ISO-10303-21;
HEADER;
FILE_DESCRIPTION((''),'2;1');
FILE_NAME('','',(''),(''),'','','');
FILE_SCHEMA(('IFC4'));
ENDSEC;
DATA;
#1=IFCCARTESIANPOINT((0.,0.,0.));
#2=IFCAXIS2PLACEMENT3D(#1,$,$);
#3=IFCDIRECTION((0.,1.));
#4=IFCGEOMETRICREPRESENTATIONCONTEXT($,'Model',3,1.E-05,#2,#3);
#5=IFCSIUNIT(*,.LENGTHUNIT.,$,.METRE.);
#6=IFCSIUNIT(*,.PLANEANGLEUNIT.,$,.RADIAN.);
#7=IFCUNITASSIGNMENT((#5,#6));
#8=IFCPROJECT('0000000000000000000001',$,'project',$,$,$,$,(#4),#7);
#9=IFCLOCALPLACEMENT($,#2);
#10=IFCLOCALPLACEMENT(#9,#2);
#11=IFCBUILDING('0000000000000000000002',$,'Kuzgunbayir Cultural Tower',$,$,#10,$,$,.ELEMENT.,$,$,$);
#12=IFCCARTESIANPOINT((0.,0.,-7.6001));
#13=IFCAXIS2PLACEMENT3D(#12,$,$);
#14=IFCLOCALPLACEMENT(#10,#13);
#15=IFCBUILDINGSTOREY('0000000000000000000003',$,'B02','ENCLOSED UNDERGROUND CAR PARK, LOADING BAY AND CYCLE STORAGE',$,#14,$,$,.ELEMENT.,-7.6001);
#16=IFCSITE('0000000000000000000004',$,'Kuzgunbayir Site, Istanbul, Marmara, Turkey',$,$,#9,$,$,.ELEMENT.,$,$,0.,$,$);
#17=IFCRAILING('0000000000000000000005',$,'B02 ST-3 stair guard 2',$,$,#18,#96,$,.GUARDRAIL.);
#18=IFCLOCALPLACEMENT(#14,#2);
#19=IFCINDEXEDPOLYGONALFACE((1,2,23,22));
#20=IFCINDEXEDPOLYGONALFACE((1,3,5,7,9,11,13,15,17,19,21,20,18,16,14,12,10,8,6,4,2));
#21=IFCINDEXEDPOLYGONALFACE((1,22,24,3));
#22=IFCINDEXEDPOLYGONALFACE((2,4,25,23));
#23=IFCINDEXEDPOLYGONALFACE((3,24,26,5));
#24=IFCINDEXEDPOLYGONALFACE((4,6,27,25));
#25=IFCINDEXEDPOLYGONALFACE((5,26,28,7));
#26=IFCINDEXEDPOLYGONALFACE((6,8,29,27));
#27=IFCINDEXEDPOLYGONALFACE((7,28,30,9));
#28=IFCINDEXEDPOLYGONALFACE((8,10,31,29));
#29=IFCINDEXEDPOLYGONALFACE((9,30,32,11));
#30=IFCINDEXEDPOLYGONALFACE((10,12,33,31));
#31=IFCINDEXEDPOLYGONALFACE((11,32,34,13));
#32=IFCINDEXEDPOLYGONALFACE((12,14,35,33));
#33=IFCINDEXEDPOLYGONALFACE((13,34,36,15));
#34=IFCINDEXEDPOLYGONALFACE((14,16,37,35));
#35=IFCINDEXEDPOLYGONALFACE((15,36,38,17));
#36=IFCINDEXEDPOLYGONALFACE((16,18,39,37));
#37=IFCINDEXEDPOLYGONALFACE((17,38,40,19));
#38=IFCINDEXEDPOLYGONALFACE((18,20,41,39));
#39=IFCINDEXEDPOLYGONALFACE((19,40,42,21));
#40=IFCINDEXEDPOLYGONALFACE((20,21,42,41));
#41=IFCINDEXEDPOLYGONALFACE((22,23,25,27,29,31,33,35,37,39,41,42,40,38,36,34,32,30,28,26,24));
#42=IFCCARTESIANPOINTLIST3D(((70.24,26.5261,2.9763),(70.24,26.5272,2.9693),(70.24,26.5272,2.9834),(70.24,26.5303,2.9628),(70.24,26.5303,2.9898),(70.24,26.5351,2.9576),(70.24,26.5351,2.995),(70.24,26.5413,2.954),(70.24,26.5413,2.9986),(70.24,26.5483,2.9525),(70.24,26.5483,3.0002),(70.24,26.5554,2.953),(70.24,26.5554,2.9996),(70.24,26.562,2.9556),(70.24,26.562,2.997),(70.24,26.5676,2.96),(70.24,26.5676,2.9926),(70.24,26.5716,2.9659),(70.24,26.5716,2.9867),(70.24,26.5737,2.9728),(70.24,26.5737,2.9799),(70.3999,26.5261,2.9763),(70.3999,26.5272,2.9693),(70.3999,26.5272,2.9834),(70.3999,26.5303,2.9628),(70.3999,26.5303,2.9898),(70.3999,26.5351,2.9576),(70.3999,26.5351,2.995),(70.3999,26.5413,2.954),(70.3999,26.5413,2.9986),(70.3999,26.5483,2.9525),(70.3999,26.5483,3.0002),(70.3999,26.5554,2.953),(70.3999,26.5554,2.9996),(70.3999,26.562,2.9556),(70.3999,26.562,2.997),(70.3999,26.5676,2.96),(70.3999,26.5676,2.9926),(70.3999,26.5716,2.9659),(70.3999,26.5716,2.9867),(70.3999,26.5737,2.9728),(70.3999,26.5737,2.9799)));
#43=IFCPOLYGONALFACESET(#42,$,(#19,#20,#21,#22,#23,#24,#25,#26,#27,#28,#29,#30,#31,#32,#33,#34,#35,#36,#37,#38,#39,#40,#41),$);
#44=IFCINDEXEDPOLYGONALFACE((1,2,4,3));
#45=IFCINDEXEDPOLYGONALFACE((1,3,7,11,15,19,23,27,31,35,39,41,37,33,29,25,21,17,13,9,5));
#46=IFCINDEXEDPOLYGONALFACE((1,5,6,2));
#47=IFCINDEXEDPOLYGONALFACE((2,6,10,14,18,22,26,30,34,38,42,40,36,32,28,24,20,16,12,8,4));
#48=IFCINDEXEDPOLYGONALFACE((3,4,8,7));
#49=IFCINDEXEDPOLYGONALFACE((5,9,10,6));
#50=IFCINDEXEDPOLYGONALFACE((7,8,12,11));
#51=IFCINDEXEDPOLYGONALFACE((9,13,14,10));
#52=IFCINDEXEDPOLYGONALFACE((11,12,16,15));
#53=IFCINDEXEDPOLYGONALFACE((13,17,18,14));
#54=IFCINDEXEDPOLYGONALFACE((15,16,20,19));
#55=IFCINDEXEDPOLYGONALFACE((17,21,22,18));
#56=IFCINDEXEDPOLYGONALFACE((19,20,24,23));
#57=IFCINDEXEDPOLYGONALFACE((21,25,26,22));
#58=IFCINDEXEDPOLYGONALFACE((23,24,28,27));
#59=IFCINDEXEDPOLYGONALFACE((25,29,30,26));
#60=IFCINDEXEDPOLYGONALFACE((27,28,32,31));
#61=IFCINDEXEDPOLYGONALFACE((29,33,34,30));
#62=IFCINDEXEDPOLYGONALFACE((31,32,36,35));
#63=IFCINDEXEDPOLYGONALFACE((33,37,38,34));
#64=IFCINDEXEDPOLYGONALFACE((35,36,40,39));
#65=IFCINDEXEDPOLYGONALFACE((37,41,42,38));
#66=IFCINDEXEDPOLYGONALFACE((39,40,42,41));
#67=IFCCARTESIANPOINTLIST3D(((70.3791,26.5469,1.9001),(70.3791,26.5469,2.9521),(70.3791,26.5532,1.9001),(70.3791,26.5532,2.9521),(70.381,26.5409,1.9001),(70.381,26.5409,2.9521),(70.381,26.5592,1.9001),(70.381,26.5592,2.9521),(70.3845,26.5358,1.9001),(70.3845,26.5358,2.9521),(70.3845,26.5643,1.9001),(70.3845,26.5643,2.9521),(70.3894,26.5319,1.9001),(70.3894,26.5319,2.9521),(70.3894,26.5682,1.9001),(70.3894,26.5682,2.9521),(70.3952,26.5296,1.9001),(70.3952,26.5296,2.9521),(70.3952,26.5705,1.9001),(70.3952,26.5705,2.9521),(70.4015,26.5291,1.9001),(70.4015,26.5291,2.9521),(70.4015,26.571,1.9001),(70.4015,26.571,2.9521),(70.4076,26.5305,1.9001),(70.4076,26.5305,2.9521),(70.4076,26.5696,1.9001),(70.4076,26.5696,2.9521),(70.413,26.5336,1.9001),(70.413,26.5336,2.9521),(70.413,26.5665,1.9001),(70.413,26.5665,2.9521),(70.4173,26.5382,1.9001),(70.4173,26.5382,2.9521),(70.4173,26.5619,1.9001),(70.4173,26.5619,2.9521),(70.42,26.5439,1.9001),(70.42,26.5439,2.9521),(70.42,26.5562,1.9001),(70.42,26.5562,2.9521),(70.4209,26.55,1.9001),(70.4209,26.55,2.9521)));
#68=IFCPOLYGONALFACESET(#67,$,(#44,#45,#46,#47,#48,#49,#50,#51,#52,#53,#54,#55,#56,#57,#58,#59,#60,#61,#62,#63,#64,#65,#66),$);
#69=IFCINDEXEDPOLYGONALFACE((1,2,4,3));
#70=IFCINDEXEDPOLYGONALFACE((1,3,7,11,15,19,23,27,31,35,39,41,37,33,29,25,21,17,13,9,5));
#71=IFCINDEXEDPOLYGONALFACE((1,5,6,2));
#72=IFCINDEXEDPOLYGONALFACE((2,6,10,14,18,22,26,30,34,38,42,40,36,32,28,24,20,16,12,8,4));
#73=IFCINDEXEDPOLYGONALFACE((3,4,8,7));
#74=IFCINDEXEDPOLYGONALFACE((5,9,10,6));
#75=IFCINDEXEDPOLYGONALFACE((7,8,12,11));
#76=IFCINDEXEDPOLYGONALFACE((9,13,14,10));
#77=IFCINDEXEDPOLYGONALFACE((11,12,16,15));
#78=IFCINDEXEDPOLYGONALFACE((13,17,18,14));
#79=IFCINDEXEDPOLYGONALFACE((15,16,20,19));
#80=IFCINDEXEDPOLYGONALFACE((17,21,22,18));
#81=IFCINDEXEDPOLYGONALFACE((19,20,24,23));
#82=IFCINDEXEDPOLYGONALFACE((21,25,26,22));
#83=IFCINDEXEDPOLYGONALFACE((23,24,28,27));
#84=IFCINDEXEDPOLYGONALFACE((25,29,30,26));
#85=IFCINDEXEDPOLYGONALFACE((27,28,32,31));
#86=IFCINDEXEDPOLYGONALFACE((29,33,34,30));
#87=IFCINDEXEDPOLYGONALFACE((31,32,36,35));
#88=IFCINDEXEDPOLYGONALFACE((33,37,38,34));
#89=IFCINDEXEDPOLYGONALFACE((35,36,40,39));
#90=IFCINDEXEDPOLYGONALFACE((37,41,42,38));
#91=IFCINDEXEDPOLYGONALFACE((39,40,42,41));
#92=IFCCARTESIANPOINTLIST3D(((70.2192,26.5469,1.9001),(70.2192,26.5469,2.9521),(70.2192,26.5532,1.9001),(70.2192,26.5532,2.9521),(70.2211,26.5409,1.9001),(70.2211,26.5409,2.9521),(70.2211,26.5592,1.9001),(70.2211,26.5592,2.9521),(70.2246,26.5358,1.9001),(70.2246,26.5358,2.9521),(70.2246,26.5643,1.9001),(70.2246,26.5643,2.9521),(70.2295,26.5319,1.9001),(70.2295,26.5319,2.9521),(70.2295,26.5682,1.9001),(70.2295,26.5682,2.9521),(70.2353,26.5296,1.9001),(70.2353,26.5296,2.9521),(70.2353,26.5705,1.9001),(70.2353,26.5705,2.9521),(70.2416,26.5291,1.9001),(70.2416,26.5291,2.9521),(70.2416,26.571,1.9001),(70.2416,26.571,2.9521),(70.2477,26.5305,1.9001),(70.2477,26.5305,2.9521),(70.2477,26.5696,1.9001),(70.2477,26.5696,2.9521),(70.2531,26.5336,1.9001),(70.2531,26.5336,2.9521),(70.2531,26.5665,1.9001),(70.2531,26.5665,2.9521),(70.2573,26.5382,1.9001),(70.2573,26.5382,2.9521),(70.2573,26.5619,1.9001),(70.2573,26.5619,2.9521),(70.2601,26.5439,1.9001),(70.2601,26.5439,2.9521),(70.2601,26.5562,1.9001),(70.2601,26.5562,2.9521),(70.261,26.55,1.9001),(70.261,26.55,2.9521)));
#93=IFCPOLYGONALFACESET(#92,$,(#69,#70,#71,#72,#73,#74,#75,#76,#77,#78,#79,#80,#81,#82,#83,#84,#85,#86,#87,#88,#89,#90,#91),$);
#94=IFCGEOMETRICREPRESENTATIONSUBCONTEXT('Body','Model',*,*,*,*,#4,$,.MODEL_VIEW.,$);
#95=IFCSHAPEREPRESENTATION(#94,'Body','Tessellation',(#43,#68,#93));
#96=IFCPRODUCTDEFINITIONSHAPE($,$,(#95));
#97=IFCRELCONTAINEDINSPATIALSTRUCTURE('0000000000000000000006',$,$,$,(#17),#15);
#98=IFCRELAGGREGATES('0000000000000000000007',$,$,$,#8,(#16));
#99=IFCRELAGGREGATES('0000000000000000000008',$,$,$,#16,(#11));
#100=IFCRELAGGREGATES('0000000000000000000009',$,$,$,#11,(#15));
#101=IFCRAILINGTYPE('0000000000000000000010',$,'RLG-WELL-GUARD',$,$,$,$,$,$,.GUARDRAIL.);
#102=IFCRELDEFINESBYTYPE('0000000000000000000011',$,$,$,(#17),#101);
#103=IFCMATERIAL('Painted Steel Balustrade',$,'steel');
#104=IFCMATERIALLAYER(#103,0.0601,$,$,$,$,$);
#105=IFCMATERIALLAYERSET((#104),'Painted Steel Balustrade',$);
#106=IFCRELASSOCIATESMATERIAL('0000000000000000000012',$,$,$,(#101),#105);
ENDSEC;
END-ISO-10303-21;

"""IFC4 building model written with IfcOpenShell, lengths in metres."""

from ifc_helpers import new_model, si_unit, direction, frame, origin, origin_2d, place, context, subcontext, project, spatial, circle, extrude, material, layer, layer_set, type_object, element, save


model = new_model("IFC4")

# Units and contexts
model_context = context("Model", 3, precision=1e-05, world=origin(), true_north=direction((0.0, 1.0)))
body_context = subcontext(model_context, "Body", "Model", "MODEL_VIEW")
ifc_project = project(units=[si_unit("LENGTHUNIT", "METRE"), si_unit("PLANEANGLEUNIT", "RADIAN")], contexts=[model_context])

# Site, building, storey
site_placement = place(None, origin())
site = spatial("IfcSite", under=ifc_project, at=site_placement, Name="Kuzgunbayir Site, Istanbul, Marmara, Turkey", CompositionType="ELEMENT", RefElevation=0.0)
building_placement = place(site_placement, origin())
building = spatial("IfcBuilding", under=site, at=building_placement, Name="Kuzgunbayir Cultural Tower", CompositionType="ELEMENT")
storey_placement = place(building_placement, frame((0.0, 0.0, -7.6001)))
storey = spatial("IfcBuildingStorey", under=building, at=storey_placement, Name="B02", Description="ENCLOSED UNDERGROUND CAR PARK, LOADING BAY AND CYCLE STORAGE", CompositionType="ELEMENT", Elevation=-7.6001)

# Railing
ifc_material_1 = material(Name="Painted Steel Balustrade", Category="steel")
ifc_layer_1 = layer(ifc_material_1, 0.0601)
ifc_layer_set_1 = layer_set([ifc_layer_1], Name="Painted Steel Balustrade")
railing_type_1 = type_object("IfcRailingType", Name="RLG-WELL-GUARD", PredefinedType="GUARDRAIL", material=ifc_layer_set_1)
railing_1_placement = place(storey_placement, frame((70.3999, 26.55, 1.9001)))
element("IfcRailing", 1, at=railing_1_placement, inside=storey, type_object=railing_type_1, Name="B02 ST-3 stair guard 2", PredefinedType="GUARDRAIL", context=body_context, shape_type="SweptSolid", body=[
    extrude(circle(Radius=0.0239, at=origin_2d()), frame((0.0, 0.0, 1.0762), z_axis=(-1.0, 0.0, 0.0), x_axis=(0.0, -1.0, 0.0)), (0.0, 0.0, 1.0), 0.1599),
    extrude(circle(Radius=0.021, at=origin_2d()), origin(), (0.0, 0.0, 1.0), 1.052),
    extrude(circle(Radius=0.021, at=origin_2d()), frame((-0.1599, 0.0, 0.0)), (0.0, 0.0, 1.0), 1.052),
])

save(model, "model.ifc")
